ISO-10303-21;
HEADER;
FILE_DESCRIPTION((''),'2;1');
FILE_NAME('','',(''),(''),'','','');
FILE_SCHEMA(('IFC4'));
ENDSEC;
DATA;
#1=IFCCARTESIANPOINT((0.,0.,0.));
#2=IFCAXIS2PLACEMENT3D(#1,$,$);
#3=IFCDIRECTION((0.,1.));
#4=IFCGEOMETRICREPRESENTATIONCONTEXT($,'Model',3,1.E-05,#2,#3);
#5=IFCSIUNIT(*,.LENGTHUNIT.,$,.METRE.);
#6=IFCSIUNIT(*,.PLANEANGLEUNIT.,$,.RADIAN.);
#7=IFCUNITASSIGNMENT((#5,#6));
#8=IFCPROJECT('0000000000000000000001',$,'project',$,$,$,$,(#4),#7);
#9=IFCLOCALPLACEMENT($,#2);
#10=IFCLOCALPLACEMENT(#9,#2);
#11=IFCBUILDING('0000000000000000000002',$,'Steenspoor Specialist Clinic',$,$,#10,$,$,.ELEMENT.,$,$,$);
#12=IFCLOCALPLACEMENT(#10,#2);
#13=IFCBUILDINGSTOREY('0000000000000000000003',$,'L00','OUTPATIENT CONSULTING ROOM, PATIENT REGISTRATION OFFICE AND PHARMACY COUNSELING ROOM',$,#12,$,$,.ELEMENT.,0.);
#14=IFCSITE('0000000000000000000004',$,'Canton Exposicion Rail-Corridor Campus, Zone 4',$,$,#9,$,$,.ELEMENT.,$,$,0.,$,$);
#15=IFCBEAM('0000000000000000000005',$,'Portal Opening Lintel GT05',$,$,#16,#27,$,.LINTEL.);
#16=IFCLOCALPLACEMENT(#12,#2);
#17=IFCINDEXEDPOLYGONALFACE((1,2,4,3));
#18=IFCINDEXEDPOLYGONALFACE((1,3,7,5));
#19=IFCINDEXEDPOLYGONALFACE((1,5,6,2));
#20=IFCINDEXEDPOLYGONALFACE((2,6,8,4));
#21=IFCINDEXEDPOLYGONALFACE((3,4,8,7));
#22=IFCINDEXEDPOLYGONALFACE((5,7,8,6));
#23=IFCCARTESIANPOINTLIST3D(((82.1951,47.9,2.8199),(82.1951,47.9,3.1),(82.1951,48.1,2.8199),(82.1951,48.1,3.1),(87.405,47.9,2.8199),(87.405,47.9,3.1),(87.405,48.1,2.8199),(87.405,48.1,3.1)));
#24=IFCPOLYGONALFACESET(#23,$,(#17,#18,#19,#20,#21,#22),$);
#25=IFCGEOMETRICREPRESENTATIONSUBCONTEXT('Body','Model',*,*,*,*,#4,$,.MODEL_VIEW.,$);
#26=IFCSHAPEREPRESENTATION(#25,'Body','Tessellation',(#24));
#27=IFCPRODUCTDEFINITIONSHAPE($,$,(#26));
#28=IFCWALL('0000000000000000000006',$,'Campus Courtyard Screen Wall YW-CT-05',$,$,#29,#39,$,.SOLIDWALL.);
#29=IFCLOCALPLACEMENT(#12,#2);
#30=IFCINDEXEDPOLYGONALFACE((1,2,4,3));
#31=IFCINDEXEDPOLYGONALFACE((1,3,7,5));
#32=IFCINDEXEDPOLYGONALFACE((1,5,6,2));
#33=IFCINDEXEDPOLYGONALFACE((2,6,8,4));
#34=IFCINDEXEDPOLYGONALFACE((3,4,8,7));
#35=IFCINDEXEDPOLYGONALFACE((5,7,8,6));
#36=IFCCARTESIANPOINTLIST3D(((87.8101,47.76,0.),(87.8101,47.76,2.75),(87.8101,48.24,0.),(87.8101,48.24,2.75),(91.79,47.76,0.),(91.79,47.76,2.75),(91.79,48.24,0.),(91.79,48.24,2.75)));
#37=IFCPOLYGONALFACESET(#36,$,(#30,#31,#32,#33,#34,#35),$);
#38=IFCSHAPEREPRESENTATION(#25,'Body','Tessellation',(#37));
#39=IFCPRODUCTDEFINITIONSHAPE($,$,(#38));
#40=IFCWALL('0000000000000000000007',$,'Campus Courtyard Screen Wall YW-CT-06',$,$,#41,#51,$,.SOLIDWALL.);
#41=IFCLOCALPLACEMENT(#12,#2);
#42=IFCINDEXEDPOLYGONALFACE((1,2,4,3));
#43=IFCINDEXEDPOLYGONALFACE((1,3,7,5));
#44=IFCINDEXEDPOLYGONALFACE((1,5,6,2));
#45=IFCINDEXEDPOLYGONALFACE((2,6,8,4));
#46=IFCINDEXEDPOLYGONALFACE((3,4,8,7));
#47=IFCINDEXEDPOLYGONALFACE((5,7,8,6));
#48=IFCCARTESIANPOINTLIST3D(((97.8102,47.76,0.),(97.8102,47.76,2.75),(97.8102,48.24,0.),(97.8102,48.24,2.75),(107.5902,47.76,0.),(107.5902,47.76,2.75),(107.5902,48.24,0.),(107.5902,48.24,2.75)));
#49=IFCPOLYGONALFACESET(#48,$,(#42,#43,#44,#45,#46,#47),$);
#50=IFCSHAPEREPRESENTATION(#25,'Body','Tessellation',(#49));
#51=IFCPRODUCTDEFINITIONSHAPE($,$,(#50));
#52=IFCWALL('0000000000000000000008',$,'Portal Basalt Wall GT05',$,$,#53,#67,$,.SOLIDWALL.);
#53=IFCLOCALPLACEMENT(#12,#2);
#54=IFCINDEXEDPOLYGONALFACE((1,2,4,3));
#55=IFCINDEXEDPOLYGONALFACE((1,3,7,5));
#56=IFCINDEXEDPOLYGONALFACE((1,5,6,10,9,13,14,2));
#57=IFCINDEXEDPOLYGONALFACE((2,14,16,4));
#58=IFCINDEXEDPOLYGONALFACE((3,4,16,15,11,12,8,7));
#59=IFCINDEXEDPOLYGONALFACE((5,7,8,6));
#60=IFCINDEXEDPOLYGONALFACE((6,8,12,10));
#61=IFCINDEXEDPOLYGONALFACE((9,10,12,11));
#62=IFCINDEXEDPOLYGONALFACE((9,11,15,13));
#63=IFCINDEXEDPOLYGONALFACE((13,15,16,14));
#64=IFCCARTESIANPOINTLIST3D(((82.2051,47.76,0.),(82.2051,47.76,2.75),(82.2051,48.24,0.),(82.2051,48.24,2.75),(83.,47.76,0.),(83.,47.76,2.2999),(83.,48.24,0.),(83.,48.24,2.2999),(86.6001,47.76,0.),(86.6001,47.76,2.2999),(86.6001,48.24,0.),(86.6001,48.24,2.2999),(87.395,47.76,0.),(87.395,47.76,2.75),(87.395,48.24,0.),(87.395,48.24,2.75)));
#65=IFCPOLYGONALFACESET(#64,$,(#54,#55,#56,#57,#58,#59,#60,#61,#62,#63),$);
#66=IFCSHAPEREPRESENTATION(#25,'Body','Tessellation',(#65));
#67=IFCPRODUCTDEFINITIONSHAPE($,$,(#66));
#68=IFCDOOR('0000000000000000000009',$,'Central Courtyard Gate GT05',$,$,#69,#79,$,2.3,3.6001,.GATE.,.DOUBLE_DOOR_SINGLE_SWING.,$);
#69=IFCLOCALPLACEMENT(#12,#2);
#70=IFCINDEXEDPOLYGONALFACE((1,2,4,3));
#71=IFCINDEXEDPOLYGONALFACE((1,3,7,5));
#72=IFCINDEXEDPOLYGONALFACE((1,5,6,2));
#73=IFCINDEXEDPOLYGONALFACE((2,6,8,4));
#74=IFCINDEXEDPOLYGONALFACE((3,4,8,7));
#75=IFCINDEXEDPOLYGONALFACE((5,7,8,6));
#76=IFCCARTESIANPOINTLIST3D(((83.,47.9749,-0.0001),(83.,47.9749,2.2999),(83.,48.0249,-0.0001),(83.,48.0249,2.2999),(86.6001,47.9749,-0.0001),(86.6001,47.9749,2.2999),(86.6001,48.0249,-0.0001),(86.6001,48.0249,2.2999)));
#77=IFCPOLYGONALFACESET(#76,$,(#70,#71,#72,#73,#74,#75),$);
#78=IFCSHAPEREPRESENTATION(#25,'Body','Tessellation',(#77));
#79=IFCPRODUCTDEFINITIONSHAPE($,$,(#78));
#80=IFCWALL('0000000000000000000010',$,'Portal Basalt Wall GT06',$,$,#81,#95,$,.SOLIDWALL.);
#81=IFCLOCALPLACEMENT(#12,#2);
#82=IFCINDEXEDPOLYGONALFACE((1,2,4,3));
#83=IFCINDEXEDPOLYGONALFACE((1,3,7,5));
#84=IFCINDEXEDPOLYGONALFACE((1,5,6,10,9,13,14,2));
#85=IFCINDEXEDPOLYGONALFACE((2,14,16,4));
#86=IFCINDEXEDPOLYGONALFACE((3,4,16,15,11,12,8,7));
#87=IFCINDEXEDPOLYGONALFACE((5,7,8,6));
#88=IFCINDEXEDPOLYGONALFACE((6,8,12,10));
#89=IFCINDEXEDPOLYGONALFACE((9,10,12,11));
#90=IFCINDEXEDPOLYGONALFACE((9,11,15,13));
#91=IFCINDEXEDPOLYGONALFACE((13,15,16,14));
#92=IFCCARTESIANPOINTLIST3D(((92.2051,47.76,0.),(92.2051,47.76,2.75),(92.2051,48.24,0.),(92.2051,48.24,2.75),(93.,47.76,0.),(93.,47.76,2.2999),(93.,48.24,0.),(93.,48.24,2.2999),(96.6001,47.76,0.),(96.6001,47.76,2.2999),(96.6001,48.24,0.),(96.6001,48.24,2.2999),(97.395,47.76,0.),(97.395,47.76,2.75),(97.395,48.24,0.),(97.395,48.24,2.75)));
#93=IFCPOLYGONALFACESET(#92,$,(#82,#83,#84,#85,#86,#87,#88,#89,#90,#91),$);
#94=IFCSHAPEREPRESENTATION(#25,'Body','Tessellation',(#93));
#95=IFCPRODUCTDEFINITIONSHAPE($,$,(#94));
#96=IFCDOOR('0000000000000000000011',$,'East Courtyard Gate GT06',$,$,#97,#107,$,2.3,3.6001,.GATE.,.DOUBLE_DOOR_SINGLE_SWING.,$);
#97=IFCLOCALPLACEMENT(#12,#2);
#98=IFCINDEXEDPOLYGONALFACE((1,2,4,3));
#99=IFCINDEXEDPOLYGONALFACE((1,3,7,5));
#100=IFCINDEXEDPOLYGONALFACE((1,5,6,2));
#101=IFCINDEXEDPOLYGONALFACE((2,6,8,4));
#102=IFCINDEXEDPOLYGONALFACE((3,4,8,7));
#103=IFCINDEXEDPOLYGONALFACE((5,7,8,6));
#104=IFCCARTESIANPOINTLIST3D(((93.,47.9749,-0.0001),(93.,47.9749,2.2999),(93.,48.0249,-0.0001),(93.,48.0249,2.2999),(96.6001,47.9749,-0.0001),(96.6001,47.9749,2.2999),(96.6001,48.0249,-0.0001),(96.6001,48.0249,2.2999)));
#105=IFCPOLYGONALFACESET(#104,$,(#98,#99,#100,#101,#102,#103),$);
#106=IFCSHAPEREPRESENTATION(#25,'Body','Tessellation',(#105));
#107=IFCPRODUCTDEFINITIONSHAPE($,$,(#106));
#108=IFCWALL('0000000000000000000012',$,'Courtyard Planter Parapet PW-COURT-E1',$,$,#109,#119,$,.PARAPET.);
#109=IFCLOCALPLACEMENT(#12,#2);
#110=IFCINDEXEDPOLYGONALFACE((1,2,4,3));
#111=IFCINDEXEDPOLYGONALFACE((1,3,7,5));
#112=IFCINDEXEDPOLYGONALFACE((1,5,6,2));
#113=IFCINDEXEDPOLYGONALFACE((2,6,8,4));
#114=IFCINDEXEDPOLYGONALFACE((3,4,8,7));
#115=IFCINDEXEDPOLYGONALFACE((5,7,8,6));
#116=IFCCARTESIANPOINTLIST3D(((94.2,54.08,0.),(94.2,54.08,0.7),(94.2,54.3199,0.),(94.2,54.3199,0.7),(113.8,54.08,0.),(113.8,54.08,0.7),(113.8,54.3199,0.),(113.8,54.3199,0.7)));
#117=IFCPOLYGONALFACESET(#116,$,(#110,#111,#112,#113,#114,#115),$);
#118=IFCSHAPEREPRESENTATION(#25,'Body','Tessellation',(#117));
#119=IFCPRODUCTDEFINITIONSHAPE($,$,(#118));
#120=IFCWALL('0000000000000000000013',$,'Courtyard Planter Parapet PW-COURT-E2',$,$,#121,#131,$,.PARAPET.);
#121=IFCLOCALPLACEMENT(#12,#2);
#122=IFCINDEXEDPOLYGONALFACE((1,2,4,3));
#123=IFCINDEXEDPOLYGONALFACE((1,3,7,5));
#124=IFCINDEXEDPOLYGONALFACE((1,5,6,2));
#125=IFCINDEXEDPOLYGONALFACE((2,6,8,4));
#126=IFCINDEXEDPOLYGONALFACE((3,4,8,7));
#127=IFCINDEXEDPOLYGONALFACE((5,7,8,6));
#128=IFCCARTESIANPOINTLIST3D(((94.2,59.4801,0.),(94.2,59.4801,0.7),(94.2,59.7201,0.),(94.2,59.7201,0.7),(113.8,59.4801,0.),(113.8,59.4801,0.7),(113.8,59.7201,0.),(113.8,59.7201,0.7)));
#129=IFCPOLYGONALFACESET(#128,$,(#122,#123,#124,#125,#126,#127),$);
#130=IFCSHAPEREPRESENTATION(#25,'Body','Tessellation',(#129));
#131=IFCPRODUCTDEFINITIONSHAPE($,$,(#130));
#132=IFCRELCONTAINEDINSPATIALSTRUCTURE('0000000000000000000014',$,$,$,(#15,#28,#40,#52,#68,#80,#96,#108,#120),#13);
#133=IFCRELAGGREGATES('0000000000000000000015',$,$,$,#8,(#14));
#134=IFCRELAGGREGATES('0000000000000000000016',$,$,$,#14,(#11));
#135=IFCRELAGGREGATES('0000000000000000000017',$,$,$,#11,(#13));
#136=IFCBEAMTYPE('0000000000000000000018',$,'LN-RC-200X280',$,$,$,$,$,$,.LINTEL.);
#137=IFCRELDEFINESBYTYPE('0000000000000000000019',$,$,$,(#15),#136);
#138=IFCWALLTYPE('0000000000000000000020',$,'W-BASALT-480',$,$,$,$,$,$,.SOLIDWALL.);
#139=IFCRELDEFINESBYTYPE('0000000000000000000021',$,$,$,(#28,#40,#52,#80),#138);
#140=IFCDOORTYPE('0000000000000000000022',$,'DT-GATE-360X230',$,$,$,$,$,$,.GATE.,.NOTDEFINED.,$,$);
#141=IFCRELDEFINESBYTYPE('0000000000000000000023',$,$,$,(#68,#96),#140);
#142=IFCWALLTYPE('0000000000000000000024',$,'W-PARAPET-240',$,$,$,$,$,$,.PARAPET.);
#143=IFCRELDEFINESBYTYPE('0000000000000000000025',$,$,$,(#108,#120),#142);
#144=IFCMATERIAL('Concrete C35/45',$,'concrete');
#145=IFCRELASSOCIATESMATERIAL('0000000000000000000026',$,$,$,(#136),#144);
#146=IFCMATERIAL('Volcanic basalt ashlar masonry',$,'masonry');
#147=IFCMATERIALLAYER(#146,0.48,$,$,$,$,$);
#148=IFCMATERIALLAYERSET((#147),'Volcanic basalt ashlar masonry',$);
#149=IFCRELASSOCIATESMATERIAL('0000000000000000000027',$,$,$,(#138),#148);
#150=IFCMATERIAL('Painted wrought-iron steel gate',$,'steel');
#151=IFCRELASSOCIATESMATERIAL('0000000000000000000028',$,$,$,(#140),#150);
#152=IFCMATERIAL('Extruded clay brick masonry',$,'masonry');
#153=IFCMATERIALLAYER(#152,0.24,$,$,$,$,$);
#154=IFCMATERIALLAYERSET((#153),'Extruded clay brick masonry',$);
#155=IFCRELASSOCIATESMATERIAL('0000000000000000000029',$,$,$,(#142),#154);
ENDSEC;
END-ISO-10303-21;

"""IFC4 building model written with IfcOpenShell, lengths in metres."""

from ifc_helpers import new_model, si_unit, direction, frame, frame_2d, origin, origin_2d, place, context, subcontext, project, spatial, rectangle, extrude, material, layer, layer_set, material_profile, profile_set, type_object, element, fill, save


model = new_model("IFC4")

# Units and contexts
model_context = context("Model", 3, precision=1e-05, world=origin(), true_north=direction((0.0, 1.0)))
body_context = subcontext(model_context, "Body", "Model", "MODEL_VIEW")
ifc_project = project(units=[si_unit("LENGTHUNIT", "METRE"), si_unit("PLANEANGLEUNIT", "RADIAN")], contexts=[model_context])

# Site, building, storey
site_placement = place(None, origin())
site = spatial("IfcSite", under=ifc_project, at=site_placement, Name="Canton Exposicion Rail-Corridor Campus, Zone 4", CompositionType="ELEMENT", RefElevation=0.0)
building_placement = place(site_placement, origin())
building = spatial("IfcBuilding", under=site, at=building_placement, Name="Steenspoor Specialist Clinic", CompositionType="ELEMENT")
storey_placement = place(building_placement, origin())
storey = spatial("IfcBuildingStorey", under=building, at=storey_placement, Name="L00", Description="OUTPATIENT CONSULTING ROOM, PATIENT REGISTRATION OFFICE AND PHARMACY COUNSELING ROOM", CompositionType="ELEMENT", Elevation=0.0)

# Shared definitions
ifc_material_1 = material(Name="Concrete C35/45", Category="concrete")

# Beam
ifc_material_profile_1 = material_profile(ifc_material_1, rectangle(XDim=0.2, YDim=0.28, at=origin_2d()), Name="RC-LN-200X280")
ifc_profile_set_1 = profile_set([ifc_material_profile_1], Name="Concrete C35/45")
beam_type_1 = type_object("IfcBeamType", Name="LN-RC-200X280", PredefinedType="LINTEL", material=ifc_profile_set_1)
beam_1_placement = place(storey_placement, frame((82.1951, 48.0, 2.96), z_axis=(1.0, 0.0, 0.0), x_axis=(0.0, 1.0, 0.0)))
element("IfcBeam", 1, at=beam_1_placement, inside=storey, type_object=beam_type_1, Name="Portal Opening Lintel GT05", PredefinedType="LINTEL", context=body_context, shape_type="SweptSolid", body=[
    extrude(rectangle(XDim=0.2, YDim=0.28, at=origin_2d()), origin(), (0.0, 0.0, 1.0), 5.21),
])

# Walls
ifc_material_2 = material(Name="Volcanic basalt ashlar masonry", Category="masonry")
ifc_layer_1 = layer(ifc_material_2, 0.48)
ifc_layer_set_1 = layer_set([ifc_layer_1], Name="Volcanic basalt ashlar masonry")
wall_type_1 = type_object("IfcWallType", Name="W-BASALT-480", PredefinedType="SOLIDWALL", material=ifc_layer_set_1)
wall_1_placement = place(storey_placement, frame((87.8101, 48.0, 0.0), z_axis=(0.0, 0.0, 1.0), x_axis=(1.0, 0.0, 0.0)))
element("IfcWall", 2, at=wall_1_placement, inside=storey, type_object=wall_type_1, Name="Campus Courtyard Screen Wall YW-CT-05", PredefinedType="SOLIDWALL", context=body_context, shape_type="SweptSolid", body=[
    extrude(rectangle(XDim=3.98, YDim=0.48, at=frame_2d((1.99, 0.0))), origin(), (0.0, 0.0, 1.0), 2.75),
])
wall_2_placement = place(storey_placement, frame((97.8101, 48.0, 0.0), z_axis=(0.0, 0.0, 1.0), x_axis=(1.0, 0.0, 0.0)))
element("IfcWall", 3, at=wall_2_placement, inside=storey, type_object=wall_type_1, Name="Campus Courtyard Screen Wall YW-CT-06", PredefinedType="SOLIDWALL", context=body_context, shape_type="SweptSolid", body=[
    extrude(rectangle(XDim=9.78, YDim=0.48, at=frame_2d((4.8901, 0.0))), origin(), (0.0, 0.0, 1.0), 2.75),
])

# Walls, openings, doors
wall_3_placement = place(storey_placement, frame((82.2051, 48.0, 0.0), z_axis=(0.0, 0.0, 1.0), x_axis=(1.0, 0.0, 0.0)))
wall_3 = element("IfcWall", 4, at=wall_3_placement, inside=storey, type_object=wall_type_1, Name="Portal Basalt Wall GT05", PredefinedType="SOLIDWALL", context=body_context, shape_type="SweptSolid", body=[
    extrude(rectangle(XDim=5.1899, YDim=0.48, at=frame_2d((2.595, 0.0))), origin(), (0.0, 0.0, 1.0), 2.75),
])
opening_1_placement = place(wall_3_placement, frame((0.7949, 0.0, 0.0)))
opening_1 = element("IfcOpeningElement", 5, at=opening_1_placement, cuts=wall_3, PredefinedType="OPENING", context=body_context, shape_type="SweptSolid", body=[
    extrude(rectangle(XDim=3.6001, YDim=2.3, at=frame_2d((1.8, 1.1499))), frame((0.0, 0.25, 0.0), z_axis=(0.0, -1.0, 0.0), x_axis=(1.0, 0.0, 0.0)), (0.0, 0.0, 1.0), 0.5),
])
ifc_material_3 = material(Name="Painted wrought-iron steel gate", Category="steel")
door_type = type_object("IfcDoorType", Name="DT-GATE-360X230", OperationType="NOTDEFINED", PredefinedType="GATE", material=ifc_material_3)
door_1_placement = place(opening_1_placement, origin())
door_1 = element("IfcDoor", 6, at=door_1_placement, inside=storey, type_object=door_type, Name="Central Courtyard Gate GT05", OperationType="DOUBLE_DOOR_SINGLE_SWING", OverallHeight=2.3, OverallWidth=3.6001, PredefinedType="GATE", context=body_context, shape_type="SweptSolid", body=[
    extrude(rectangle(XDim=3.6001, YDim=2.3, at=frame_2d((1.8, 1.1499))), frame((0.0, 0.0249, 0.0), z_axis=(0.0, -1.0, 0.0), x_axis=(1.0, 0.0, 0.0)), (0.0, 0.0, 1.0), 0.05),
])
fill(opening_1, door_1)
wall_4_placement = place(storey_placement, frame((92.2051, 48.0, 0.0), z_axis=(0.0, 0.0, 1.0), x_axis=(1.0, 0.0, 0.0)))
wall_4 = element("IfcWall", 7, at=wall_4_placement, inside=storey, type_object=wall_type_1, Name="Portal Basalt Wall GT06", PredefinedType="SOLIDWALL", context=body_context, shape_type="SweptSolid", body=[
    extrude(rectangle(XDim=5.1899, YDim=0.48, at=frame_2d((2.595, 0.0))), origin(), (0.0, 0.0, 1.0), 2.75),
])
opening_2_placement = place(wall_4_placement, frame((0.7949, 0.0, 0.0)))
opening_2 = element("IfcOpeningElement", 8, at=opening_2_placement, cuts=wall_4, PredefinedType="OPENING", context=body_context, shape_type="SweptSolid", body=[
    extrude(rectangle(XDim=3.6001, YDim=2.3, at=frame_2d((1.8, 1.1499))), frame((0.0, 0.25, 0.0), z_axis=(0.0, -1.0, 0.0), x_axis=(1.0, 0.0, 0.0)), (0.0, 0.0, 1.0), 0.5),
])
door_2_placement = place(opening_2_placement, origin())
door_2 = element("IfcDoor", 9, at=door_2_placement, inside=storey, type_object=door_type, Name="East Courtyard Gate GT06", OperationType="DOUBLE_DOOR_SINGLE_SWING", OverallHeight=2.3, OverallWidth=3.6001, PredefinedType="GATE", context=body_context, shape_type="SweptSolid", body=[
    extrude(rectangle(XDim=3.6001, YDim=2.3, at=frame_2d((1.8, 1.1499))), frame((0.0, 0.0249, 0.0), z_axis=(0.0, -1.0, 0.0), x_axis=(1.0, 0.0, 0.0)), (0.0, 0.0, 1.0), 0.05),
])
fill(opening_2, door_2)

# Walls
ifc_material_4 = material(Name="Extruded clay brick masonry", Category="masonry")
ifc_layer_2 = layer(ifc_material_4, 0.24)
ifc_layer_set_2 = layer_set([ifc_layer_2], Name="Extruded clay brick masonry")
wall_type_2 = type_object("IfcWallType", Name="W-PARAPET-240", PredefinedType="PARAPET", material=ifc_layer_set_2)
for number, where, z_axis, x_axis, name in (
    (10, (94.2, 54.2, 0.0), (0.0, 0.0, 1.0), (1.0, 0.0, 0.0), "Courtyard Planter Parapet PW-COURT-E1"),
    (11, (94.2, 59.6001, 0.0), (0.0, 0.0, 1.0), (1.0, 0.0, 0.0), "Courtyard Planter Parapet PW-COURT-E2"),
):
    element("IfcWall", number, at=place(storey_placement, frame(where, z_axis=z_axis, x_axis=x_axis)), inside=storey, type_object=wall_type_2, Name=name, PredefinedType="PARAPET", context=body_context, shape_type="SweptSolid", body=[
        extrude(rectangle(XDim=19.6001, YDim=0.24, at=frame_2d((9.8, 0.0))), origin(), (0.0, 0.0, 1.0), 0.7),
    ])

save(model, "model.ifc")
